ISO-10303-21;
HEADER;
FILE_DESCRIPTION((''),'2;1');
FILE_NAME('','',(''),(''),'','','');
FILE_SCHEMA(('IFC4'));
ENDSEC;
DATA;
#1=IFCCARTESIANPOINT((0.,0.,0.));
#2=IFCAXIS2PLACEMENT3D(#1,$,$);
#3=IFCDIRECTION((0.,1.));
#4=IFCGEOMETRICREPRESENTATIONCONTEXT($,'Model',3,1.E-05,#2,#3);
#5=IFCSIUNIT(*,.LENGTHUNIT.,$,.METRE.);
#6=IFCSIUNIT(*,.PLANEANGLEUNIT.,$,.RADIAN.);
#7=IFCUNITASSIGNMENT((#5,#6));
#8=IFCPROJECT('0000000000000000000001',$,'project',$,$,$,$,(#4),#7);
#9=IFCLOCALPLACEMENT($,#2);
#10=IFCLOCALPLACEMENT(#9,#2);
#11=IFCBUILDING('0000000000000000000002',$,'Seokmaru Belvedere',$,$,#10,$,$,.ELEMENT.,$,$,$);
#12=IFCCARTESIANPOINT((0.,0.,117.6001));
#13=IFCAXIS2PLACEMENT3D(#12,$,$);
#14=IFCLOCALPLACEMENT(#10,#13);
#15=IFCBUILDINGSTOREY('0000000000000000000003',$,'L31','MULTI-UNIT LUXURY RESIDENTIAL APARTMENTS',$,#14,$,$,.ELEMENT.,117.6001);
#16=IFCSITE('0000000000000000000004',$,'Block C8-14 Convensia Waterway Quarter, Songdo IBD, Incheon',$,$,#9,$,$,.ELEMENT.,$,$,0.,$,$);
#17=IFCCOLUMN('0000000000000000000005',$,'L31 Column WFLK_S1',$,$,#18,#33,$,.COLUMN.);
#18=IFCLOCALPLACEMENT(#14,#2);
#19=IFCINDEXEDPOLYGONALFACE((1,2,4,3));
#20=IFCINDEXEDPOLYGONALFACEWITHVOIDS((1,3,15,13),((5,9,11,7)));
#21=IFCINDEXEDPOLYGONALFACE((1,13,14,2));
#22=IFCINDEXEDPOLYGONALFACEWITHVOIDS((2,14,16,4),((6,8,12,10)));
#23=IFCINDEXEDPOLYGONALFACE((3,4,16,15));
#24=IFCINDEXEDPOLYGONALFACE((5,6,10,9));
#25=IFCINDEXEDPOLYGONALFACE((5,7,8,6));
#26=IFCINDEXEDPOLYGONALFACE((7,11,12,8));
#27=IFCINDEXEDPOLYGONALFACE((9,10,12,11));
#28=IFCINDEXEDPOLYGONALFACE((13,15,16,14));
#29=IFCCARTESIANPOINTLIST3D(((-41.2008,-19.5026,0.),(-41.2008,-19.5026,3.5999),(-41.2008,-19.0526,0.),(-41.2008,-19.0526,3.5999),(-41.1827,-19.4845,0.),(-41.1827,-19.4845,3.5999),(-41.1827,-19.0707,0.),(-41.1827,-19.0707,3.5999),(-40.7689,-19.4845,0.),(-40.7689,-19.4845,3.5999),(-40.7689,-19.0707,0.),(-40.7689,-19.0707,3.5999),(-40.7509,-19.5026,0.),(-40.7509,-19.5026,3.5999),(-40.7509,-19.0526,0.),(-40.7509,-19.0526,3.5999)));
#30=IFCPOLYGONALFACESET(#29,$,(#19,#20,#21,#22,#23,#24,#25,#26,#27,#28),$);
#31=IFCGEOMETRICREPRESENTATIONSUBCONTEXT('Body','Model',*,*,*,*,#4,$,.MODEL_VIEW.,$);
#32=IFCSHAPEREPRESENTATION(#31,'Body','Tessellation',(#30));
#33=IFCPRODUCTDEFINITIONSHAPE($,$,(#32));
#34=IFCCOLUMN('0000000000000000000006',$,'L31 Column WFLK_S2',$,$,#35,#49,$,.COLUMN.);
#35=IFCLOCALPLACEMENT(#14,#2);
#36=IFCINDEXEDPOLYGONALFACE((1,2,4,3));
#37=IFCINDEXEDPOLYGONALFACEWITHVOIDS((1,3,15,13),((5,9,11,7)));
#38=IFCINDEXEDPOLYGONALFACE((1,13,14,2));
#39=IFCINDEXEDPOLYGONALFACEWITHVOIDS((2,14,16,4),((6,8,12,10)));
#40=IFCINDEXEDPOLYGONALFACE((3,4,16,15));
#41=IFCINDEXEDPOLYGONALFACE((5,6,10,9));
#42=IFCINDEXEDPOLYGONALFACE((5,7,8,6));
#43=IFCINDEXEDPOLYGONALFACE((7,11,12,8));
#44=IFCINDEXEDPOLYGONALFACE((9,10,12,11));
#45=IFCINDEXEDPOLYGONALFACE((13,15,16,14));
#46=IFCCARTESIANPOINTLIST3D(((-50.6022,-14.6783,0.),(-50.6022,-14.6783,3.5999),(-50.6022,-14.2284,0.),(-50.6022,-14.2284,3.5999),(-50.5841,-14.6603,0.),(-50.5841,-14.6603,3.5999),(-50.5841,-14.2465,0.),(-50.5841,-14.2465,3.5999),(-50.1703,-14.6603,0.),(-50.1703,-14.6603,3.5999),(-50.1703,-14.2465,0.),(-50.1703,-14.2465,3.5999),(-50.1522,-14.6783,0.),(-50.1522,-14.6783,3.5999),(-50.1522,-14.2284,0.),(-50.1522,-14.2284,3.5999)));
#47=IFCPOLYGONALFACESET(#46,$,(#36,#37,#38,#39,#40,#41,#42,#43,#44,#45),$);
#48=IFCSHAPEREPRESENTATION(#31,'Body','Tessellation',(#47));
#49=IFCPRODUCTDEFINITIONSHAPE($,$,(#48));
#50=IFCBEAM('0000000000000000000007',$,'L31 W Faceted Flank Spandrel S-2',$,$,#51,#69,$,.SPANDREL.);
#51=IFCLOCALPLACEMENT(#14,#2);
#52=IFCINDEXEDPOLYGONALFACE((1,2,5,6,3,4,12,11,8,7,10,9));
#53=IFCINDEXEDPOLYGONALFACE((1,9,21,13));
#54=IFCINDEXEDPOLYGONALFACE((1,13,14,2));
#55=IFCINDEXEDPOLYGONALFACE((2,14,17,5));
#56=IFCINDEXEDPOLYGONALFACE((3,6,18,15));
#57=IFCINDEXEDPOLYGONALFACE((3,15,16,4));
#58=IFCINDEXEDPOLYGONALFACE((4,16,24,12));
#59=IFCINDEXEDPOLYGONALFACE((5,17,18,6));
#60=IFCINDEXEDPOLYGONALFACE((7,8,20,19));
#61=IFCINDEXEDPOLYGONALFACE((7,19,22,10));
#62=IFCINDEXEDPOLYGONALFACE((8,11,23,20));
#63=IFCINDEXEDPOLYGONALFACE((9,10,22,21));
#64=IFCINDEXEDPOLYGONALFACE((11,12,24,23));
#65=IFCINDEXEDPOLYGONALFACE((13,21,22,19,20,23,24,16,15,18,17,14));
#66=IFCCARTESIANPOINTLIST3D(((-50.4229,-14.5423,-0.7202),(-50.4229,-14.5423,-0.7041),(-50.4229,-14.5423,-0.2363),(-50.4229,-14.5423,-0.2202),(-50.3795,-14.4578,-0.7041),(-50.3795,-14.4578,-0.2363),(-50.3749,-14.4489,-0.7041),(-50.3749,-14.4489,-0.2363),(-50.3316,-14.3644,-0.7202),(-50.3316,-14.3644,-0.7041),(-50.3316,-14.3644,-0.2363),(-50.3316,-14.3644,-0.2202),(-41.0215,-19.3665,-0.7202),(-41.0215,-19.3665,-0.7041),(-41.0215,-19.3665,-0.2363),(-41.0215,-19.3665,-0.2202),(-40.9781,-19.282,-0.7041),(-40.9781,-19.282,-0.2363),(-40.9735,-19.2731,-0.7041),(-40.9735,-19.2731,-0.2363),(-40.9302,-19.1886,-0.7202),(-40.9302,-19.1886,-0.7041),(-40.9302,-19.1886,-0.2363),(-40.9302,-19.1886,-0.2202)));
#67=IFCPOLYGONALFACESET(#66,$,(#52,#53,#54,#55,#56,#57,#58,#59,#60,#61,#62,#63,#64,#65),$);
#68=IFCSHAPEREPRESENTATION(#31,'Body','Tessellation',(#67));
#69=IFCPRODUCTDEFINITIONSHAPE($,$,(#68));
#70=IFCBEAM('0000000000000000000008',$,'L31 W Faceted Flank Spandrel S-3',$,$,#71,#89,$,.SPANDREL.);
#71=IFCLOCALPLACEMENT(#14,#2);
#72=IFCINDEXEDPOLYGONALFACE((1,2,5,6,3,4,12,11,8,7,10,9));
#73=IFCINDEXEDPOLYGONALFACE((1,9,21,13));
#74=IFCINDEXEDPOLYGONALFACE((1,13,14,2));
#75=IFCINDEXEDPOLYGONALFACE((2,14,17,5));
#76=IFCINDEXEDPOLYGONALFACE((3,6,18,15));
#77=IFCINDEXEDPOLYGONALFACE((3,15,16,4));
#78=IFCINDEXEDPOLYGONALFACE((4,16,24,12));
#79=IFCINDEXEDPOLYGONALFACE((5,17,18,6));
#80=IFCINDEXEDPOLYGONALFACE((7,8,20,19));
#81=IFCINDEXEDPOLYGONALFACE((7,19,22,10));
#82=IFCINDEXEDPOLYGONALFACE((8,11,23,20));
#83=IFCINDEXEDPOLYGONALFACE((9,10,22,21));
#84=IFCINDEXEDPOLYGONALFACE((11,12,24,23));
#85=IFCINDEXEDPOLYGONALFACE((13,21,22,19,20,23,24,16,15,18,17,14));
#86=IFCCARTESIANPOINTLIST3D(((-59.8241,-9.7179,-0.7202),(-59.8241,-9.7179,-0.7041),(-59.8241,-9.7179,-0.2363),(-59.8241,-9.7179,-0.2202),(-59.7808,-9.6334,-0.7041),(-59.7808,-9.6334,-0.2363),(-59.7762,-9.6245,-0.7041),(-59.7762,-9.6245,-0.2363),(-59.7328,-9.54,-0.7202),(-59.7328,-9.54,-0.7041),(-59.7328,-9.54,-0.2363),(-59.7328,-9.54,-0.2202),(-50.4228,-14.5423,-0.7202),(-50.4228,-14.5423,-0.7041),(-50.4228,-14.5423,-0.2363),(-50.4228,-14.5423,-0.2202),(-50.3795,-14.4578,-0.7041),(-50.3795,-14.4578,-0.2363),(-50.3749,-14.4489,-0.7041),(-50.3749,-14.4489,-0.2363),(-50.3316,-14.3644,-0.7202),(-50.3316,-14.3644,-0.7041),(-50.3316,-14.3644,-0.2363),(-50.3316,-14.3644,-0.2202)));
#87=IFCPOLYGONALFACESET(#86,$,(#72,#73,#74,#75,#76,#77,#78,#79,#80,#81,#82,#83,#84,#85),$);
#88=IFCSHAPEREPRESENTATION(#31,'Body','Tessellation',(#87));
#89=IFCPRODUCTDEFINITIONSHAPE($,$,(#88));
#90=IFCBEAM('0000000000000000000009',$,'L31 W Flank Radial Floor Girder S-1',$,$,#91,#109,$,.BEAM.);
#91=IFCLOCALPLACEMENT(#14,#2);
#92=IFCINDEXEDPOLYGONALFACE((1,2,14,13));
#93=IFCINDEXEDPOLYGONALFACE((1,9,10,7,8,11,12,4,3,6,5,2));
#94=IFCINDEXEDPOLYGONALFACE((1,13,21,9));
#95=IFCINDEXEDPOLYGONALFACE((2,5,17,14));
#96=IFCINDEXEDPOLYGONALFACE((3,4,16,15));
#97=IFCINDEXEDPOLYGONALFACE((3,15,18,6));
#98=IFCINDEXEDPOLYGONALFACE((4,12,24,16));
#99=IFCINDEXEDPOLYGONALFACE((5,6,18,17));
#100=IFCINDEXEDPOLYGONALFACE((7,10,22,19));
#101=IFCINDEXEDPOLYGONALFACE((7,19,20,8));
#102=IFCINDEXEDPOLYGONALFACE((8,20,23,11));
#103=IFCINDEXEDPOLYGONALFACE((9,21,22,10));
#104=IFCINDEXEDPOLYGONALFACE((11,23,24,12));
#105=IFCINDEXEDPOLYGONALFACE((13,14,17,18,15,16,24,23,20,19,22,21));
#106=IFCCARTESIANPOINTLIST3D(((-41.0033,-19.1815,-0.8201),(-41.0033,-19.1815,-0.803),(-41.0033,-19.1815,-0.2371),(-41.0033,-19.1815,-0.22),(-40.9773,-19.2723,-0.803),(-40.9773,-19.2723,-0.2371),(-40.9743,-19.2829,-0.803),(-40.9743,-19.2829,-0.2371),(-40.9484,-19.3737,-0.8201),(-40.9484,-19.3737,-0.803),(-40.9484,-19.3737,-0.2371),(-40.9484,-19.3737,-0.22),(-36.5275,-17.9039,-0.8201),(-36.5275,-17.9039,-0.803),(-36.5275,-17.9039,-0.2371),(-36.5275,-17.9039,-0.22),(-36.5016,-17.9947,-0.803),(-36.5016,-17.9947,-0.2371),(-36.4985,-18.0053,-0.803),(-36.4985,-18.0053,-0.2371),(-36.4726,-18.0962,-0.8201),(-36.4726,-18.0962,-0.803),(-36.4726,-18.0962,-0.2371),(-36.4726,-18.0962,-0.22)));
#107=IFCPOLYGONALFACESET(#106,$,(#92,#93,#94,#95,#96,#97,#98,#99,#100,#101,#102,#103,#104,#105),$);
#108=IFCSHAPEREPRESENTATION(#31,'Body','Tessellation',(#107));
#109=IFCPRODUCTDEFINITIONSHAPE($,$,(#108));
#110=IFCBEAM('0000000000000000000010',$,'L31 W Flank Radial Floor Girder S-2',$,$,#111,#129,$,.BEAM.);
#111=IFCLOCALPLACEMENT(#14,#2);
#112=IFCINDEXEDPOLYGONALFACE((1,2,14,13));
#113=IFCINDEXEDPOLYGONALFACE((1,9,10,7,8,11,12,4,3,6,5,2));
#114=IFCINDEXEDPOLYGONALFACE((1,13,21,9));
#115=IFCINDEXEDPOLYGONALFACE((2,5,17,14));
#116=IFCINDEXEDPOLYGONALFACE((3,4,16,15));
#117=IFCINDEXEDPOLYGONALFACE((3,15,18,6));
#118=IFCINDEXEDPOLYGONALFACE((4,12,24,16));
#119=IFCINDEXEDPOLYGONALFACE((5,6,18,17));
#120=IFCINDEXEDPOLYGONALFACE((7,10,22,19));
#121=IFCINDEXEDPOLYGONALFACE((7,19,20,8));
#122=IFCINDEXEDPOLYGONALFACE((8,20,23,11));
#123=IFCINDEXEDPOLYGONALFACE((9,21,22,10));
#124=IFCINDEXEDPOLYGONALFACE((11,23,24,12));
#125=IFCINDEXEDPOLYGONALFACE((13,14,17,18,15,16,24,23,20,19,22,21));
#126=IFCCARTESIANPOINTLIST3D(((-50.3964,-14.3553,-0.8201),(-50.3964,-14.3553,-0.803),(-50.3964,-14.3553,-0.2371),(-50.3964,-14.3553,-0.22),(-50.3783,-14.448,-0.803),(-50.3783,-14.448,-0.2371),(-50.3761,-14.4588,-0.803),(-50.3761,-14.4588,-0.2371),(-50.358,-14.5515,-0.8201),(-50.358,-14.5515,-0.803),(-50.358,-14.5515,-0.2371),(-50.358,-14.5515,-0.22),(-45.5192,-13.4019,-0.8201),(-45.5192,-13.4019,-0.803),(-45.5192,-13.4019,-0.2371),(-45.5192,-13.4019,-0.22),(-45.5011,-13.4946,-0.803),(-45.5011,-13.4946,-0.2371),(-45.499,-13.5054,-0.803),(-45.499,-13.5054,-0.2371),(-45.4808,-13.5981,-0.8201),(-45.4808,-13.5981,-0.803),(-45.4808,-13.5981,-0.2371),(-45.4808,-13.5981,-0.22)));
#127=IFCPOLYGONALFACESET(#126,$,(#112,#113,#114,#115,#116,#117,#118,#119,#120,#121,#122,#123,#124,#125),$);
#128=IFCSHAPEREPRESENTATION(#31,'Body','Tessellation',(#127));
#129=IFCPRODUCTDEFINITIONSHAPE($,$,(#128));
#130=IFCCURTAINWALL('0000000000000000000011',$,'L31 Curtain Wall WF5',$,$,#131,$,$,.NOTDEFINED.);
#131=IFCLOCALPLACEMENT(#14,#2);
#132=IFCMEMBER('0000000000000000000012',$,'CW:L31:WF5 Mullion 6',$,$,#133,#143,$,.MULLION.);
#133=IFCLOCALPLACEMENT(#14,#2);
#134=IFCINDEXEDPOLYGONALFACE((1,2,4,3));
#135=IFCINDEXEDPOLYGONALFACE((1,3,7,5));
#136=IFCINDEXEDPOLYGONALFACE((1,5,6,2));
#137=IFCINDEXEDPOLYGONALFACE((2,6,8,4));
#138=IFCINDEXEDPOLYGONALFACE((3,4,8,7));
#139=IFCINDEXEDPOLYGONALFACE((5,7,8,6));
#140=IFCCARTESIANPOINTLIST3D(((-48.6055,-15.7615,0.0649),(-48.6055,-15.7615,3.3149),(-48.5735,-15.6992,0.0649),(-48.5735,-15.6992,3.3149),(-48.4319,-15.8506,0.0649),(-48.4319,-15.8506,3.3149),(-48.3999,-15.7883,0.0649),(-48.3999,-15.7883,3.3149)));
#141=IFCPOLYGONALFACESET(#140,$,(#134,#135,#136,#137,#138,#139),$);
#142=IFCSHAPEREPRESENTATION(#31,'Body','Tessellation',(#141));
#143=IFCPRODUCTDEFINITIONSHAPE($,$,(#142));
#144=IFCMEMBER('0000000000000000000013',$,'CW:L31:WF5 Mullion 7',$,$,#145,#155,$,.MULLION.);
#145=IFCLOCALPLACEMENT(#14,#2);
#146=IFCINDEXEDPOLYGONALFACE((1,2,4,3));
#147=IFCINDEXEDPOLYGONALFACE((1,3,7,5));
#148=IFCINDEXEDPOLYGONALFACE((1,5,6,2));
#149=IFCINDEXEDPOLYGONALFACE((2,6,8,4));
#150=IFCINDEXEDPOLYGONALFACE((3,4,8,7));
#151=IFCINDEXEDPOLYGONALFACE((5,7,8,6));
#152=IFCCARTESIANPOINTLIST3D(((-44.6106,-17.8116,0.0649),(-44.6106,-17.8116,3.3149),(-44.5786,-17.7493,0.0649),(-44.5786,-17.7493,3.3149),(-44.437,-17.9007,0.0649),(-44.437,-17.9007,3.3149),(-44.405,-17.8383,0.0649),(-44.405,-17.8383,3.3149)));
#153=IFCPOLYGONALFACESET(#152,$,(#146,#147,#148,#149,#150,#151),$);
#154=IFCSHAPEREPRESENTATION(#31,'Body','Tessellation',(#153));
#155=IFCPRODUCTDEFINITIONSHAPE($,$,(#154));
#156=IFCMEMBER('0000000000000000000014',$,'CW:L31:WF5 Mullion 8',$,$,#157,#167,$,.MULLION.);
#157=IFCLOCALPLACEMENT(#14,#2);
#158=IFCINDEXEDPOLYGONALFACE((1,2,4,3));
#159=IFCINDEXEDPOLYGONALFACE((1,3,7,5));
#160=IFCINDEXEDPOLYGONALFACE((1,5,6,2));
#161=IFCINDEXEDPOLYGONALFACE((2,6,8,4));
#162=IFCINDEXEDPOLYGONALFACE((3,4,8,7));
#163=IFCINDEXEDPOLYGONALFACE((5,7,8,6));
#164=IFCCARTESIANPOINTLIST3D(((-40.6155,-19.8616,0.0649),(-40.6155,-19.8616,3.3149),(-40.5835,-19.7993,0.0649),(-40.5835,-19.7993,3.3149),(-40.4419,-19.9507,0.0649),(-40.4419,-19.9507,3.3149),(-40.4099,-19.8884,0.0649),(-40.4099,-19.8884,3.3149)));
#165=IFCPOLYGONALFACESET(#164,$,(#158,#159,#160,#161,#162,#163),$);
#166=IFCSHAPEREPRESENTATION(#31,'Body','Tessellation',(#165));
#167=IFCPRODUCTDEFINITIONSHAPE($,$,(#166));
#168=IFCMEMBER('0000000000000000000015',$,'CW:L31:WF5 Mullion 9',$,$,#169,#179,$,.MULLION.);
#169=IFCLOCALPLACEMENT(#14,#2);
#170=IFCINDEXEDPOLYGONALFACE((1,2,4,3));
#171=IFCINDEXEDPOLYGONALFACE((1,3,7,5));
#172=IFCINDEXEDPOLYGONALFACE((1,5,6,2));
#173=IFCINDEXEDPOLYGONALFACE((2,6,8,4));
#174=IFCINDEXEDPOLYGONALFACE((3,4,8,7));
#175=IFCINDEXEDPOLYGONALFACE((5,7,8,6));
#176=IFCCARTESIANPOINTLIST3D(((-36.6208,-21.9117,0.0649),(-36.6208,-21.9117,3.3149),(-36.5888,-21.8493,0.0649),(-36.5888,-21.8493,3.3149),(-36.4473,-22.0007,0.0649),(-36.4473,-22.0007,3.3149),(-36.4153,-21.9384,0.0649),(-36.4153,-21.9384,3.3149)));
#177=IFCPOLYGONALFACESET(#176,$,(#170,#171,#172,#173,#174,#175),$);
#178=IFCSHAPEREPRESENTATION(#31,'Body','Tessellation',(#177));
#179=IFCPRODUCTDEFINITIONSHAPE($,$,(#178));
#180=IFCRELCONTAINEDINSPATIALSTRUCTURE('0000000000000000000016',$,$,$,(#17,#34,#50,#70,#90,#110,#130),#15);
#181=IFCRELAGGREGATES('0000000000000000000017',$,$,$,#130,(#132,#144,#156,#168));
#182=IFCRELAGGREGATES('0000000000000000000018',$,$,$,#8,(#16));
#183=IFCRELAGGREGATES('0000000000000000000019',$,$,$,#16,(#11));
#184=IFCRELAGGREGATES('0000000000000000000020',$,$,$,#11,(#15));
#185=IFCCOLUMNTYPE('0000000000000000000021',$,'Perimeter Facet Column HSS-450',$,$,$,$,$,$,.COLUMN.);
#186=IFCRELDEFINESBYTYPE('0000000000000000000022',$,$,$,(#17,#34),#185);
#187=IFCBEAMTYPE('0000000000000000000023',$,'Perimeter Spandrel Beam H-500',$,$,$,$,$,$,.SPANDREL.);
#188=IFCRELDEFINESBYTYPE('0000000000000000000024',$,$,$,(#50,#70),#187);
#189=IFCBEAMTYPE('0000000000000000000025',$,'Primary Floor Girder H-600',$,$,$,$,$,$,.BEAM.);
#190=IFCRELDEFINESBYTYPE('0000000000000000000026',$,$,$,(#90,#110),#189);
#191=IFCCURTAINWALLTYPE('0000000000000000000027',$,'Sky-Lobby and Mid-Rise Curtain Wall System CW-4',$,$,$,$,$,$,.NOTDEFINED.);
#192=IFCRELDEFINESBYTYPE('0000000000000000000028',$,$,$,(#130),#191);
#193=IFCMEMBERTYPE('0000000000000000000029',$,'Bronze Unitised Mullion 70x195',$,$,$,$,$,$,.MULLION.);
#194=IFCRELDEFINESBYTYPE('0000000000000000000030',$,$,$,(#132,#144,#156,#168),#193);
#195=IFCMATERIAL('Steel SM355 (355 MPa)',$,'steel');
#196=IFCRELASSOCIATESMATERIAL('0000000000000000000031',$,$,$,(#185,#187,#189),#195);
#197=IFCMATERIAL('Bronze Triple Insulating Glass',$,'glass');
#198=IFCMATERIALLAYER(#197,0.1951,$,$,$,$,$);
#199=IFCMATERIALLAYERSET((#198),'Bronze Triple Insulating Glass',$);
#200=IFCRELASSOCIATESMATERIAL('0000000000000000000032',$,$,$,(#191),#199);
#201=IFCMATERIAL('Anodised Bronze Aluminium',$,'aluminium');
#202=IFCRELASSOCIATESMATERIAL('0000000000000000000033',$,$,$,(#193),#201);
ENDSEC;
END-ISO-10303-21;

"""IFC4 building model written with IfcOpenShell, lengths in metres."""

from ifc_helpers import new_model, si_unit, direction, frame, origin, origin_2d, place, context, subcontext, project, spatial, rectangle, hollow_rectangle, i_section, extrude, source, transform, mapped, material, layer, layer_set, material_profile, profile_set, type_object, type_shapes, element, aggregate, save


model = new_model("IFC4")

# Units and contexts
model_context = context("Model", 3, precision=1e-05, world=origin(), true_north=direction((0.0, 1.0)))
body_context = subcontext(model_context, "Body", "Model", "MODEL_VIEW")
ifc_project = project(units=[si_unit("LENGTHUNIT", "METRE"), si_unit("PLANEANGLEUNIT", "RADIAN")], contexts=[model_context])

# Site, building, storey
site_placement = place(None, origin())
site = spatial("IfcSite", under=ifc_project, at=site_placement, Name="Block C8-14 Convensia Waterway Quarter, Songdo IBD, Incheon", CompositionType="ELEMENT", RefElevation=0.0)
building_placement = place(site_placement, origin())
building = spatial("IfcBuilding", under=site, at=building_placement, Name="Seokmaru Belvedere", CompositionType="ELEMENT")
storey_placement = place(building_placement, frame((0.0, 0.0, 117.6001)))
storey = spatial("IfcBuildingStorey", under=building, at=storey_placement, Name="L31", Description="MULTI-UNIT LUXURY RESIDENTIAL APARTMENTS", CompositionType="ELEMENT", Elevation=117.6001)

# Columns
ifc_material_1 = material(Name="Steel SM355 (355 MPa)", Category="steel")
ifc_material_profile_1 = material_profile(ifc_material_1, hollow_rectangle(XDim=0.45, YDim=0.45, WallThickness=0.0181, at=origin_2d()), Name="HSS-450x450x18")
ifc_profile_set_1 = profile_set([ifc_material_profile_1], Name="Steel SM355 (355 MPa)")
column_type = type_object("IfcColumnType", Name="Perimeter Facet Column HSS-450", PredefinedType="COLUMN", material=ifc_profile_set_1)
shared_shape_1 = source(origin(), body_context, "Body", "SweptSolid", [
    extrude(hollow_rectangle(XDim=0.45, YDim=0.45, WallThickness=0.0181, at=origin_2d()), origin(), (0.0, 0.0, 1.0), 3.5999),
])
type_shapes(column_type, [shared_shape_1])
for number, where, z_axis, x_axis, name in (
    (1, (-40.9758, -19.2776, 0.0), (0.0, 0.0, 1.0), (1.0, 0.0, 0.0), "L31 Column WFLK_S1"),
    (2, (-50.3772, -14.4534, 0.0), (0.0, 0.0, 1.0), (1.0, 0.0, 0.0), "L31 Column WFLK_S2"),
):
    element("IfcColumn", number, at=place(storey_placement, frame(where, z_axis=z_axis, x_axis=x_axis)), inside=storey, type_object=column_type, Name=name, PredefinedType="COLUMN", context=body_context, shape_type="MappedRepresentation", body=[
        mapped(shared_shape_1, transform((0.0, 0.0, 0.0), scale=1.0)),
    ])

# Beams
ifc_material_profile_2 = material_profile(ifc_material_1, i_section(OverallWidth=0.2, OverallDepth=0.5, WebThickness=0.01, FlangeThickness=0.0161, at=origin_2d()), Name="H-500x200x10x16")
ifc_profile_set_2 = profile_set([ifc_material_profile_2], Name="Steel SM355 (355 MPa)")
beam_type_1 = type_object("IfcBeamType", Name="Perimeter Spandrel Beam H-500", PredefinedType="SPANDREL", material=ifc_profile_set_2)
shared_shape_2 = source(origin(), body_context, "Body", "SweptSolid", [
    extrude(i_section(OverallWidth=0.2, OverallDepth=0.5, WebThickness=0.01, FlangeThickness=0.0161, at=origin_2d()), origin(), (0.0, 0.0, 1.0), 10.5669),
])
type_shapes(beam_type_1, [shared_shape_2])
for number, where, z_axis, x_axis, name in (
    (3, (-40.9758, -19.2776, -0.4702), (-0.889702, 0.456542, 0.0), (-0.456542, -0.889702, 0.0), "L31 W Faceted Flank Spandrel S-2"),
    (4, (-50.3772, -14.4534, -0.4702), (-0.889693, 0.45656, 0.0), (-0.45656, -0.889693, 0.0), "L31 W Faceted Flank Spandrel S-3"),
):
    element("IfcBeam", number, at=place(storey_placement, frame(where, z_axis=z_axis, x_axis=x_axis)), inside=storey, type_object=beam_type_1, Name=name, PredefinedType="SPANDREL", context=body_context, shape_type="MappedRepresentation", body=[
        mapped(shared_shape_2, transform((0.0, 0.0, 0.0), scale=1.0)),
    ])
ifc_material_profile_3 = material_profile(ifc_material_1, i_section(OverallWidth=0.2, OverallDepth=0.6001, WebThickness=0.011, FlangeThickness=0.0171, at=origin_2d()), Name="H-600x200x11x17")
ifc_profile_set_3 = profile_set([ifc_material_profile_3], Name="Steel SM355 (355 MPa)")
beam_type_2 = type_object("IfcBeamType", Name="Primary Floor Girder H-600", PredefinedType="BEAM", material=ifc_profile_set_3)
shared_shape_3 = source(origin(), body_context, "Body", "SweptSolid", [
    extrude(i_section(OverallWidth=0.2, OverallDepth=0.6001, WebThickness=0.011, FlangeThickness=0.0171, at=origin_2d()), origin(), (0.0, 0.0, 1.0), 4.6545),
])
beam_1_placement = place(storey_placement, frame((-40.9758, -19.2776, -0.52), z_axis=(0.961593, 0.274479, 0.0), x_axis=(-0.274479, 0.961593, 0.0)))
element("IfcBeam", 5, at=beam_1_placement, inside=storey, type_object=beam_type_2, Name="L31 W Flank Radial Floor Girder S-1", PredefinedType="BEAM", context=body_context, shape_type="MappedRepresentation", body=[
    mapped(shared_shape_3, transform((0.0, 0.0, 0.0), scale=1.0)),
])
shared_shape_4 = source(origin(), body_context, "Body", "SweptSolid", [
    extrude(i_section(OverallWidth=0.2, OverallDepth=0.6001, WebThickness=0.011, FlangeThickness=0.0171, at=origin_2d()), origin(), (0.0, 0.0, 1.0), 4.9695),
])
type_shapes(beam_type_2, [shared_shape_3, shared_shape_4])
beam_2_placement = place(storey_placement, frame((-50.3772, -14.4534, -0.52), z_axis=(0.981425, 0.191844, 0.0), x_axis=(-0.191844, 0.981425, 0.0)))
element("IfcBeam", 6, at=beam_2_placement, inside=storey, type_object=beam_type_2, Name="L31 W Flank Radial Floor Girder S-2", PredefinedType="BEAM", context=body_context, shape_type="MappedRepresentation", body=[
    mapped(shared_shape_4, transform((0.0, 0.0, 0.0), scale=1.0)),
])

# Curtain wall, members
ifc_material_2 = material(Name="Bronze Triple Insulating Glass", Category="glass")
ifc_layer_1 = layer(ifc_material_2, 0.1951)
ifc_layer_set_1 = layer_set([ifc_layer_1], Name="Bronze Triple Insulating Glass")
curtain_wall_type = type_object("IfcCurtainWallType", Name="Sky-Lobby and Mid-Rise Curtain Wall System CW-4", PredefinedType="NOTDEFINED", material=ifc_layer_set_1)
curtain_wall_placement = place(storey_placement, origin())
curtain_wall = element("IfcCurtainWall", 7, at=curtain_wall_placement, inside=storey, type_object=curtain_wall_type, Name="L31 Curtain Wall WF5", PredefinedType="NOTDEFINED")
ifc_material_3 = material(Name="Anodised Bronze Aluminium", Category="aluminium")
ifc_material_profile_4 = material_profile(ifc_material_3, rectangle(XDim=0.0701, YDim=0.1951, at=origin_2d()), Name="CW-M-70x195")
ifc_profile_set_4 = profile_set([ifc_material_profile_4], Name="Anodised Bronze Aluminium")
member_type = type_object("IfcMemberType", Name="Bronze Unitised Mullion 70x195", PredefinedType="MULLION", material=ifc_profile_set_4)
shared_shape_5 = source(origin(), body_context, "Body", "SweptSolid", [
    extrude(rectangle(XDim=0.0701, YDim=0.1951, at=origin_2d()), origin(), (0.0, 0.0, 1.0), 3.25),
])
type_shapes(member_type, [shared_shape_5])
member_1_placement = place(storey_placement, frame((-48.5027, -15.7749, 0.0649), z_axis=(0.0, 0.0, 1.0), x_axis=(0.456555, 0.889695, 0.0)))
member_1 = element("IfcMember", 8, at=member_1_placement, type_object=member_type, Name="CW:L31:WF5 Mullion 6", PredefinedType="MULLION", context=body_context, shape_type="MappedRepresentation", body=[
    mapped(shared_shape_5, transform((0.0, 0.0, 0.0), scale=1.0)),
])
member_2_placement = place(storey_placement, frame((-44.5078, -17.825, 0.0649), z_axis=(0.0, 0.0, 1.0), x_axis=(0.456555, 0.889695, 0.0)))
member_2 = element("IfcMember", 9, at=member_2_placement, type_object=member_type, Name="CW:L31:WF5 Mullion 7", PredefinedType="MULLION", context=body_context, shape_type="MappedRepresentation", body=[
    mapped(shared_shape_5, transform((0.0, 0.0, 0.0), scale=1.0)),
])
member_3_placement = place(storey_placement, frame((-40.5127, -19.875, 0.0649), z_axis=(0.0, 0.0, 1.0), x_axis=(0.456555, 0.889695, 0.0)))
member_3 = element("IfcMember", 10, at=member_3_placement, type_object=member_type, Name="CW:L31:WF5 Mullion 8", PredefinedType="MULLION", context=body_context, shape_type="MappedRepresentation", body=[
    mapped(shared_shape_5, transform((0.0, 0.0, 0.0), scale=1.0)),
])
member_4_placement = place(storey_placement, frame((-36.5181, -21.925, 0.0649), z_axis=(0.0, 0.0, 1.0), x_axis=(0.456555, 0.889695, 0.0)))
member_4 = element("IfcMember", 11, at=member_4_placement, type_object=member_type, Name="CW:L31:WF5 Mullion 9", PredefinedType="MULLION", context=body_context, shape_type="MappedRepresentation", body=[
    mapped(shared_shape_5, transform((0.0, 0.0, 0.0), scale=1.0)),
])
aggregate(curtain_wall, [member_1, member_2, member_3, member_4])

save(model, "model.ifc")
